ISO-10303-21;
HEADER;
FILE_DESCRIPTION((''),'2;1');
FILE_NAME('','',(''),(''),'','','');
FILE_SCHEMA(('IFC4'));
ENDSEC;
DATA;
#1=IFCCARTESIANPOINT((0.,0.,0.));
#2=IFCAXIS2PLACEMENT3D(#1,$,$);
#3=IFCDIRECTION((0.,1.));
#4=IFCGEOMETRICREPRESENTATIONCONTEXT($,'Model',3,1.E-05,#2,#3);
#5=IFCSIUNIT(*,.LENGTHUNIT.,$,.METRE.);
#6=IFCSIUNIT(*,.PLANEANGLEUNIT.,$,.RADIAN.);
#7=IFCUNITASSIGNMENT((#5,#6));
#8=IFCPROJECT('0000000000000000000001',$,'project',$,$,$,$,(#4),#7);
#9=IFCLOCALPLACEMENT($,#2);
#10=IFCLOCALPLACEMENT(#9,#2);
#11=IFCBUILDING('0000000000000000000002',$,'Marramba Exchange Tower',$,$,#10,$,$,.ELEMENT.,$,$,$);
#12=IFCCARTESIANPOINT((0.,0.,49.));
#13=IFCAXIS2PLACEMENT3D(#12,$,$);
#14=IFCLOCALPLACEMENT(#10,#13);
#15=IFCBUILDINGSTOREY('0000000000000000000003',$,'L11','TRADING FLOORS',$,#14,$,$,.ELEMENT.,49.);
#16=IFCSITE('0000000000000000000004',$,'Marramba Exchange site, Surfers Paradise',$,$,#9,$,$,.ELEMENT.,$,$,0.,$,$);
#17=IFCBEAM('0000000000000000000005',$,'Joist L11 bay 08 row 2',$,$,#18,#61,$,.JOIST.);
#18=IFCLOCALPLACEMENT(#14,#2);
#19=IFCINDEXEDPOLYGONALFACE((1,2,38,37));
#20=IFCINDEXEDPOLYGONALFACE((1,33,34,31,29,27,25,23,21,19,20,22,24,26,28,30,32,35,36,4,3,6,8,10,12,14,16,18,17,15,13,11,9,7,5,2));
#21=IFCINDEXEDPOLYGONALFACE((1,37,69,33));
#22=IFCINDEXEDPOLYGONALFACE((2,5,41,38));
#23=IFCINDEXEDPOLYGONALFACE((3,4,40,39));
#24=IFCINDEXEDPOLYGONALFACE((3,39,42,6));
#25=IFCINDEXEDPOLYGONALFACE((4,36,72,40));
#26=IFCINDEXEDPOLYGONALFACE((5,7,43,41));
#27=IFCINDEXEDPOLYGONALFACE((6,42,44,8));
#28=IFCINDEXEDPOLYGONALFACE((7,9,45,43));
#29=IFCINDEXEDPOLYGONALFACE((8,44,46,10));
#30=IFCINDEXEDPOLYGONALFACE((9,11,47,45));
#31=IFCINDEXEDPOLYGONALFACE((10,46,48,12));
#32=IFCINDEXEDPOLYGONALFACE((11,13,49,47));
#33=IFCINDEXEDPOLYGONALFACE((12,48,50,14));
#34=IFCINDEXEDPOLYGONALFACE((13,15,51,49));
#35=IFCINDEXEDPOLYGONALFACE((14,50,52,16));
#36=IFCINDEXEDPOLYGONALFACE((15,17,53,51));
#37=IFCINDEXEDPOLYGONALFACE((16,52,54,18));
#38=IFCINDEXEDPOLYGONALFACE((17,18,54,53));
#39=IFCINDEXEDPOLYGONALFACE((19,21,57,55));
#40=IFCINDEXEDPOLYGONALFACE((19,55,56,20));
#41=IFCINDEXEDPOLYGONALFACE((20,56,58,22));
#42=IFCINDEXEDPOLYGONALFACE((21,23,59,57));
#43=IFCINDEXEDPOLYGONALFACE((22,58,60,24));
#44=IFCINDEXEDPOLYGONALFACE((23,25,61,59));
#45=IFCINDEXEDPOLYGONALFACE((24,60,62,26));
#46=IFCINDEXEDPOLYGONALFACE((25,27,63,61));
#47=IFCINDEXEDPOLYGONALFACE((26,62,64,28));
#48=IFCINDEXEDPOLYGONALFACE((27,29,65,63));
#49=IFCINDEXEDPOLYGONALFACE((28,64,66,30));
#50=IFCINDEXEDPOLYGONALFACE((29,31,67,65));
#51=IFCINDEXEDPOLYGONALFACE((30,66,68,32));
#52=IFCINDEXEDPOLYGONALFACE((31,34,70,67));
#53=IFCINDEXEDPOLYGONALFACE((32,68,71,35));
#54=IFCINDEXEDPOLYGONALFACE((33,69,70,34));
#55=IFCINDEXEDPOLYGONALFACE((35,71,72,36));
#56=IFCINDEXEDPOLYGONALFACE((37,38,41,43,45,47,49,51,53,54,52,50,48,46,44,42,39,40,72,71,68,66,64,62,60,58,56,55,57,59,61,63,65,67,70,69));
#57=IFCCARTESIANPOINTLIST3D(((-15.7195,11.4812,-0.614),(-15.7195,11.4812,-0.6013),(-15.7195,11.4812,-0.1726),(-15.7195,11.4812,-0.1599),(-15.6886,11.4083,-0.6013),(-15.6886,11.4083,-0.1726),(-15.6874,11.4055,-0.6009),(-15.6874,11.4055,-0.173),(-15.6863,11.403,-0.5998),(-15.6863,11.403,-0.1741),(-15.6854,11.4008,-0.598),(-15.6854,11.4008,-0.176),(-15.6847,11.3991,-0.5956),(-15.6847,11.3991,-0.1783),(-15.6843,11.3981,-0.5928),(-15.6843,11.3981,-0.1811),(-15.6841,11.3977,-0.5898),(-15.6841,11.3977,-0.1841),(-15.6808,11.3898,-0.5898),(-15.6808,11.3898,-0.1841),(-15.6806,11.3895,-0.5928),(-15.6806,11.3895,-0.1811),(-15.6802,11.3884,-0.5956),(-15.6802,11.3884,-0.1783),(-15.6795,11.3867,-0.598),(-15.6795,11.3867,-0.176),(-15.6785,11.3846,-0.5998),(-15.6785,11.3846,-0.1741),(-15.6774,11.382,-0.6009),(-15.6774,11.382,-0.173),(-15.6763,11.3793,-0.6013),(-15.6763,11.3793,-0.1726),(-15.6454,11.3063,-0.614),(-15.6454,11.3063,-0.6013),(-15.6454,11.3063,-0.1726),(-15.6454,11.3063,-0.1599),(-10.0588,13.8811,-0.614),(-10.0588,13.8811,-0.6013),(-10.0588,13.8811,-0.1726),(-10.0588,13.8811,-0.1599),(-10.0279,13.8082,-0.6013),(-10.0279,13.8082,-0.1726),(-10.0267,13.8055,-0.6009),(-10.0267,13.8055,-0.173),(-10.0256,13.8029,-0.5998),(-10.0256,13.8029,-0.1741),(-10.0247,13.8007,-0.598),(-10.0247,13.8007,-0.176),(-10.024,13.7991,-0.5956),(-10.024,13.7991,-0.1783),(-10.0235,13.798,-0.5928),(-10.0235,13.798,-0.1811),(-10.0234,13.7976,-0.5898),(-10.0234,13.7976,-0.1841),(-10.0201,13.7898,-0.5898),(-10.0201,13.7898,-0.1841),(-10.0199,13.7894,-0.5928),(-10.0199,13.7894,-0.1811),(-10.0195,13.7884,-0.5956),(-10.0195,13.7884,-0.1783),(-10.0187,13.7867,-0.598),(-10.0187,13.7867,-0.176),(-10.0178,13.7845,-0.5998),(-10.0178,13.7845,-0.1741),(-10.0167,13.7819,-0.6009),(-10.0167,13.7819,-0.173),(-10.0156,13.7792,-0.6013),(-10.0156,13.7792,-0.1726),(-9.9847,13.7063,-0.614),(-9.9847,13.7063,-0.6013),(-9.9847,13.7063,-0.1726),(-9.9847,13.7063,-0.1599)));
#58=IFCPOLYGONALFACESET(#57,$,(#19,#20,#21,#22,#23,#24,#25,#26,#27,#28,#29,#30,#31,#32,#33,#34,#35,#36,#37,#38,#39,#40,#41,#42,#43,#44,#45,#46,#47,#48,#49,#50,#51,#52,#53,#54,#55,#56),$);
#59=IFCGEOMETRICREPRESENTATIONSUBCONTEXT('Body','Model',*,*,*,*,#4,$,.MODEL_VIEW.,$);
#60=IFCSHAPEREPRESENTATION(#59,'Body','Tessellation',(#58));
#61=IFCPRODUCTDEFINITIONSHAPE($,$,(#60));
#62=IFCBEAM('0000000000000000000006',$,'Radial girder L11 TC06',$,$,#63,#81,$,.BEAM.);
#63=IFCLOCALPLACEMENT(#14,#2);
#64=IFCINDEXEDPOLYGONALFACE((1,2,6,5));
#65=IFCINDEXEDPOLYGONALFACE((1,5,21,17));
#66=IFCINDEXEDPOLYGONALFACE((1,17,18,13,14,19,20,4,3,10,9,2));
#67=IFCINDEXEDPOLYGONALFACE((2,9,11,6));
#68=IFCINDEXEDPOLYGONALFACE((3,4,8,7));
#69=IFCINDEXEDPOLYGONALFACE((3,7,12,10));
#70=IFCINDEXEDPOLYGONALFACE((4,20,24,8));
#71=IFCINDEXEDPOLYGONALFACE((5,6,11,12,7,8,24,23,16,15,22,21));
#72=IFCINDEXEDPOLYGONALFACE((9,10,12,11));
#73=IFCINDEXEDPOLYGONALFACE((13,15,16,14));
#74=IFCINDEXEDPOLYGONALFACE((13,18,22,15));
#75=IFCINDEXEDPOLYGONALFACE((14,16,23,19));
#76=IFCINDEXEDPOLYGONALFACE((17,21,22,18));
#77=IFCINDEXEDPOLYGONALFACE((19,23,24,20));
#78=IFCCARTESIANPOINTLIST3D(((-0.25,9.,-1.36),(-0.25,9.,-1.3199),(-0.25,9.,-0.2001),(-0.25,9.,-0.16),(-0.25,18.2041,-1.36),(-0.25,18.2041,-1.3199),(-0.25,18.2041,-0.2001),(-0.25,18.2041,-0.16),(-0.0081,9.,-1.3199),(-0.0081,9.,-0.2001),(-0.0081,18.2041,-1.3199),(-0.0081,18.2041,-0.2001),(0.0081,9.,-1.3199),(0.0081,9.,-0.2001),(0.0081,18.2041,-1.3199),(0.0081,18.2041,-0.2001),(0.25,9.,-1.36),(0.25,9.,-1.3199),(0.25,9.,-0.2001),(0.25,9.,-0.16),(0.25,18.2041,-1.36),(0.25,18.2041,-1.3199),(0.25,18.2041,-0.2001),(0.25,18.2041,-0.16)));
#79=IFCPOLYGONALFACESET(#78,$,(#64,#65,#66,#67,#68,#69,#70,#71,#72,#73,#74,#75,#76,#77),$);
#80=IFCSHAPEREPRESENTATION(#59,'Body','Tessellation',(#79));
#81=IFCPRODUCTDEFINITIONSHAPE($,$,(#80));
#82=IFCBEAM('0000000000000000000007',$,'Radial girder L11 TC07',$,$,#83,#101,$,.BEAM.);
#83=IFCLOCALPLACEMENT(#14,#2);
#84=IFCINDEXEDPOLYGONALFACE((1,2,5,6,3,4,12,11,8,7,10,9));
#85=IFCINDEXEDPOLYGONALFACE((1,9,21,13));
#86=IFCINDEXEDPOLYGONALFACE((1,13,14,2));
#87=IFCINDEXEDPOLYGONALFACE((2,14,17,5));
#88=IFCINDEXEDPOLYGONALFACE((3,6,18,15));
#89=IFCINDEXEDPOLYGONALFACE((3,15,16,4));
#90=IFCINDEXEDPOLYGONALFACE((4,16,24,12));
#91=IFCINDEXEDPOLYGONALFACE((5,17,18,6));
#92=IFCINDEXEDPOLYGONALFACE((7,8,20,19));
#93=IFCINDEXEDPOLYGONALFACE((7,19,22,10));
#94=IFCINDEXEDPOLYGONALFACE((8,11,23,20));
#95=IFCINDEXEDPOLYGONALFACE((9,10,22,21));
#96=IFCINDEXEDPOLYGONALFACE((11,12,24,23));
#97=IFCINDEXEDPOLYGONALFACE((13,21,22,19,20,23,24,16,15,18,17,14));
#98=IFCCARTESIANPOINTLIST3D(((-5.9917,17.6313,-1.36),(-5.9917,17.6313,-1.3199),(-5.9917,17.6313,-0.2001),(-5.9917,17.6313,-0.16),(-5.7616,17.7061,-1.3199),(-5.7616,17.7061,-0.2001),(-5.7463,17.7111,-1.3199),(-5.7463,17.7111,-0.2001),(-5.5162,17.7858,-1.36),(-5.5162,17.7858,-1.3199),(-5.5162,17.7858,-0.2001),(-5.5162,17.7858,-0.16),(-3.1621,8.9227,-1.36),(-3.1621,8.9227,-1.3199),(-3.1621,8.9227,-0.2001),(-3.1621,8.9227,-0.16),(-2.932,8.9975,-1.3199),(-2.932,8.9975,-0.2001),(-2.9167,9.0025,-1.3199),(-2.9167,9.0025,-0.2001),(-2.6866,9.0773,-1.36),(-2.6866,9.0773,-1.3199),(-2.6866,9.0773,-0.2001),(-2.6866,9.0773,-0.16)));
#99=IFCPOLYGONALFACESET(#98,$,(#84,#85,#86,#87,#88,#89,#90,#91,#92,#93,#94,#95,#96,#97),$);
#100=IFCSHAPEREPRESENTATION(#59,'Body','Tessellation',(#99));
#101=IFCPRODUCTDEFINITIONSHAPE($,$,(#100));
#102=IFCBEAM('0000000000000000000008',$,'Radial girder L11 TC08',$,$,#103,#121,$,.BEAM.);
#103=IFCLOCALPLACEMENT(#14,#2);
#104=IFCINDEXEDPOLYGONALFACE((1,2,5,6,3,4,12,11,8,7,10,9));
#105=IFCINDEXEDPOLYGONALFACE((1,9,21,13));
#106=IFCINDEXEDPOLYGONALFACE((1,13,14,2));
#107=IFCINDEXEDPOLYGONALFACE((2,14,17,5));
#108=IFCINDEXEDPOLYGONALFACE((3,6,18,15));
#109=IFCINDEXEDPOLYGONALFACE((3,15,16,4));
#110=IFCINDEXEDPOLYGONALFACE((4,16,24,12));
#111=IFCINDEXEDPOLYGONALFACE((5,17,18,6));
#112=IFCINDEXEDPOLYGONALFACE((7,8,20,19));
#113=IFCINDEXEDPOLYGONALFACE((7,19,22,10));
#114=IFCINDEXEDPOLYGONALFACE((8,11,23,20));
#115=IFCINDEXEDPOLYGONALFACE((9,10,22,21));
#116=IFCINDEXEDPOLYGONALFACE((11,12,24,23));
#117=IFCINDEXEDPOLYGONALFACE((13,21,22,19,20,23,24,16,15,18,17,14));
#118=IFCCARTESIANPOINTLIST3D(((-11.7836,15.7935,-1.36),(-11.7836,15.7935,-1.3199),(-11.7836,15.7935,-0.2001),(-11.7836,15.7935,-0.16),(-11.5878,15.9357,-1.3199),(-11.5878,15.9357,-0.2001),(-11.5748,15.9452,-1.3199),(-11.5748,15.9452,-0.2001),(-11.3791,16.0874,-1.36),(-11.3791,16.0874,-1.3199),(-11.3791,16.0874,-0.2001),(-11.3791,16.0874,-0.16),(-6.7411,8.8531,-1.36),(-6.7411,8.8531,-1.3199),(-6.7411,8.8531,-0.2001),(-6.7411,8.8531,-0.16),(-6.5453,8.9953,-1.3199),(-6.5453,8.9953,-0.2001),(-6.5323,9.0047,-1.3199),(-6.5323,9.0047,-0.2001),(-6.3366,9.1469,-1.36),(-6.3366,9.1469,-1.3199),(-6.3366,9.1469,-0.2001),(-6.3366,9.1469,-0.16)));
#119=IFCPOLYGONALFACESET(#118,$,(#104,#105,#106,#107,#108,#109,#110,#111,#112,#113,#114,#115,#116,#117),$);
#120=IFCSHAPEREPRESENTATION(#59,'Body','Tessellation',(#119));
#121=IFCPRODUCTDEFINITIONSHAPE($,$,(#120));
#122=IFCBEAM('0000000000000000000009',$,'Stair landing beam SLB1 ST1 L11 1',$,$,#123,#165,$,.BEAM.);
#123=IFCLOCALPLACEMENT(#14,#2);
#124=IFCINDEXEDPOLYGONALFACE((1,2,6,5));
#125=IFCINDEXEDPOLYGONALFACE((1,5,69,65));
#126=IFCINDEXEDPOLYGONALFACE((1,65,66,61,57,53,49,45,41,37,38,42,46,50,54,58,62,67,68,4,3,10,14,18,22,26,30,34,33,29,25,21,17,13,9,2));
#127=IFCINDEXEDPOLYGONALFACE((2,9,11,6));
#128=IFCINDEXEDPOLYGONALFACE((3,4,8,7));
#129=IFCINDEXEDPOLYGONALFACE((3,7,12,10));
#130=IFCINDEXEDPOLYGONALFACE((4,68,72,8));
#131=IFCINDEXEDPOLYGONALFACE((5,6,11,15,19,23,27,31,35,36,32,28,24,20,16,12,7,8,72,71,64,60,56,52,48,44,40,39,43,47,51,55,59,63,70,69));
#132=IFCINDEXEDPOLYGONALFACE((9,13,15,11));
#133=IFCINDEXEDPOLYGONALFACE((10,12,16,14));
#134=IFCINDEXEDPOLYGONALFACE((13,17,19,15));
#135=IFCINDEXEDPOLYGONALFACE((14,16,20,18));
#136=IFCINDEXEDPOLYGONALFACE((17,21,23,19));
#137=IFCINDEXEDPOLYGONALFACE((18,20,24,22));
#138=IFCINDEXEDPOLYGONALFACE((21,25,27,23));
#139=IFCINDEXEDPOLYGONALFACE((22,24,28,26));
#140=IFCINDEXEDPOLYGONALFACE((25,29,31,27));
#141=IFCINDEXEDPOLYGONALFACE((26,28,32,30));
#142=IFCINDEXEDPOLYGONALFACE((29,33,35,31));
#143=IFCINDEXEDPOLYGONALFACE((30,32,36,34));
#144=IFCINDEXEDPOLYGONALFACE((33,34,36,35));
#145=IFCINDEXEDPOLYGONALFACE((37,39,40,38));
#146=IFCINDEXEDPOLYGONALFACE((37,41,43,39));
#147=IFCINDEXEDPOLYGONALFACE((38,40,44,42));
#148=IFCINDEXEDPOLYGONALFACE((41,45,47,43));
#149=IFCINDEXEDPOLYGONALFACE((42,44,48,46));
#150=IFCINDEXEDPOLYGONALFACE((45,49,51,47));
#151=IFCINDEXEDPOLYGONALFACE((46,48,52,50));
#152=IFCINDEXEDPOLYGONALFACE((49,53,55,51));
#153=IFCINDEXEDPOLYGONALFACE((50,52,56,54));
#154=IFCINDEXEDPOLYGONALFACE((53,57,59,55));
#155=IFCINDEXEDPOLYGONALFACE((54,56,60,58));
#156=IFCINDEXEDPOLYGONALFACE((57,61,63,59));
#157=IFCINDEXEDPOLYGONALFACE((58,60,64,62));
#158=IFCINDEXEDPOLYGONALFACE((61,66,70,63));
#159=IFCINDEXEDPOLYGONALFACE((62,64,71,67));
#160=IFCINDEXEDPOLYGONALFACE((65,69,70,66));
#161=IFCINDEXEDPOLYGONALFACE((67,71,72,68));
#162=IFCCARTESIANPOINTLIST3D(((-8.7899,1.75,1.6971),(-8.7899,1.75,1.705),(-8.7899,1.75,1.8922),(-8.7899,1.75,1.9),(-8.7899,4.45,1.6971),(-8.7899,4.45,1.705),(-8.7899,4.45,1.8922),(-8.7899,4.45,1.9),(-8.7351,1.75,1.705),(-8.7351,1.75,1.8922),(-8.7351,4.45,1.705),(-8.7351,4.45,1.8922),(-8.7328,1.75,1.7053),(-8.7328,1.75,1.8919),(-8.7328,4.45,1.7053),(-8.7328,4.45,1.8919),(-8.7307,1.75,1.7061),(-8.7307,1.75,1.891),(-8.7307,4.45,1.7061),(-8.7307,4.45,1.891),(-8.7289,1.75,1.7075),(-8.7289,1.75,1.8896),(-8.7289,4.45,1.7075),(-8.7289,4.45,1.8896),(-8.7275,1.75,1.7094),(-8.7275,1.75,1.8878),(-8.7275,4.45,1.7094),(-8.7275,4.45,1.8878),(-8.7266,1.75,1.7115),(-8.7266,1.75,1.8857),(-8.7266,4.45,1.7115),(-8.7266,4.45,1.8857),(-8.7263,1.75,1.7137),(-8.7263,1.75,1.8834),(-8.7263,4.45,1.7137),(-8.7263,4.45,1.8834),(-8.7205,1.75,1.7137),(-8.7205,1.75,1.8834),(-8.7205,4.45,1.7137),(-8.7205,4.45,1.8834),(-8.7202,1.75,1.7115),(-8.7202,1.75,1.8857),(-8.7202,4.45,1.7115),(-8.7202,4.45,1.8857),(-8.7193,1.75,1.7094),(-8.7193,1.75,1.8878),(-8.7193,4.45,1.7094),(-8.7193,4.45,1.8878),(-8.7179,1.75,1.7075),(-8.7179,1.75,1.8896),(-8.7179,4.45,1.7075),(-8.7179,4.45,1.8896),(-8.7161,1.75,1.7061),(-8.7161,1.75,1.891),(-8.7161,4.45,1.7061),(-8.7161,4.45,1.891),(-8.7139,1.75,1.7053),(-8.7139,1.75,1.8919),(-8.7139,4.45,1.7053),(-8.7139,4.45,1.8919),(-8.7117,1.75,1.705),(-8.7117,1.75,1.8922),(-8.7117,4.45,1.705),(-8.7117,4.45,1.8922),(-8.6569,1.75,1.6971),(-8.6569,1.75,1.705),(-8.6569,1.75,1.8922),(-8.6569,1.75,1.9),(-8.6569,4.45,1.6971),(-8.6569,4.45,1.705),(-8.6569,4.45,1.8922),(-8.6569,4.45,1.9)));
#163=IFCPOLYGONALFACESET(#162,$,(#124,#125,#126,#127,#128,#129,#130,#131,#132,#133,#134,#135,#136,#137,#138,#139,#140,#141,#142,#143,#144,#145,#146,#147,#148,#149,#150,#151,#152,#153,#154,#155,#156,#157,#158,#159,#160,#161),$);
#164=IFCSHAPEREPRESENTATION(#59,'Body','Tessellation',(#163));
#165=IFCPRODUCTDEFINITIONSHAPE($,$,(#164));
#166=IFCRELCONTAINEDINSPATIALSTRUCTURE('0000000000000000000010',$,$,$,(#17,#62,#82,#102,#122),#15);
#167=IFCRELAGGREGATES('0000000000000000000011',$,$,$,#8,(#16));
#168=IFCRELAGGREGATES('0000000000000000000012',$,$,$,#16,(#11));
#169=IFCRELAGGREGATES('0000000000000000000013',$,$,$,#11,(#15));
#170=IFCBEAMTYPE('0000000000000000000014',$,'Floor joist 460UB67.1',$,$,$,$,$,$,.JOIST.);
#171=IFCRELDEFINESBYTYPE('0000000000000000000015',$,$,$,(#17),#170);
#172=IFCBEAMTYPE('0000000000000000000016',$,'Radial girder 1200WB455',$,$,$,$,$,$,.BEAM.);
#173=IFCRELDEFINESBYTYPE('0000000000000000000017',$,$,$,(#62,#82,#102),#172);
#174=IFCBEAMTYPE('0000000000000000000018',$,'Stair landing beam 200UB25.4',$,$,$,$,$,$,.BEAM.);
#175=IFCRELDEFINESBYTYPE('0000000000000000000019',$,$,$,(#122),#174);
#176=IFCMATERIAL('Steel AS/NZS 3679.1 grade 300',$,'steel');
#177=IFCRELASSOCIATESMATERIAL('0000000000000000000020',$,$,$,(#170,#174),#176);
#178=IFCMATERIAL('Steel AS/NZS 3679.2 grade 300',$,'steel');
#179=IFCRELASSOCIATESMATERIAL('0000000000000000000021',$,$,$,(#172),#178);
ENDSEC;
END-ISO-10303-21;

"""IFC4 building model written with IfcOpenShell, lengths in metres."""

from ifc_helpers import new_model, si_unit, direction, frame, origin, origin_2d, place, context, subcontext, project, spatial, i_section, extrude, material, material_profile, profile_set, type_object, element, save


model = new_model("IFC4")

# Units and contexts
model_context = context("Model", 3, precision=1e-05, world=origin(), true_north=direction((0.0, 1.0)))
body_context = subcontext(model_context, "Body", "Model", "MODEL_VIEW")
ifc_project = project(units=[si_unit("LENGTHUNIT", "METRE"), si_unit("PLANEANGLEUNIT", "RADIAN")], contexts=[model_context])

# Site, building, storey
site_placement = place(None, origin())
site = spatial("IfcSite", under=ifc_project, at=site_placement, Name="Marramba Exchange site, Surfers Paradise", CompositionType="ELEMENT", RefElevation=0.0)
building_placement = place(site_placement, origin())
building = spatial("IfcBuilding", under=site, at=building_placement, Name="Marramba Exchange Tower", CompositionType="ELEMENT")
storey_placement = place(building_placement, frame((0.0, 0.0, 49.0)))
storey = spatial("IfcBuildingStorey", under=building, at=storey_placement, Name="L11", Description="TRADING FLOORS", CompositionType="ELEMENT", Elevation=49.0)

# Beams
ifc_material_1 = material(Name="Steel AS/NZS 3679.1 grade 300", Category="steel")
ifc_material_profile_1 = material_profile(ifc_material_1, i_section(OverallWidth=0.1899, OverallDepth=0.4541, WebThickness=0.0085, FlangeThickness=0.0127, FilletRadius=0.0115, at=origin_2d()), Name="460UB67.1")
ifc_profile_set_1 = profile_set([ifc_material_profile_1], Name="Steel AS/NZS 3679.1 grade 300")
beam_type_1 = type_object("IfcBeamType", Name="Floor joist 460UB67.1", PredefinedType="JOIST", material=ifc_profile_set_1)
beam_1_placement = place(storey_placement, frame((-10.0217, 13.7937, -0.387), z_axis=(-0.920674, -0.390332, 0.0), x_axis=(0.390332, -0.920674, 0.0)))
element("IfcBeam", 1, at=beam_1_placement, inside=storey, type_object=beam_type_1, Name="Joist L11 bay 08 row 2", PredefinedType="JOIST", context=body_context, shape_type="SweptSolid", body=[
    extrude(i_section(OverallWidth=0.1899, OverallDepth=0.4541, WebThickness=0.0085, FlangeThickness=0.0127, FilletRadius=0.0115, at=origin_2d()), origin(), (0.0, 0.0, 1.0), 6.1484),
])
ifc_material_2 = material(Name="Steel AS/NZS 3679.2 grade 300", Category="steel")
ifc_material_profile_2 = material_profile(ifc_material_2, i_section(OverallWidth=0.5, OverallDepth=1.2, WebThickness=0.0161, FlangeThickness=0.04, at=origin_2d()), Name="1200WB455")
ifc_profile_set_2 = profile_set([ifc_material_profile_2], Name="Steel AS/NZS 3679.2 grade 300")
beam_type_2 = type_object("IfcBeamType", Name="Radial girder 1200WB455", PredefinedType="BEAM", material=ifc_profile_set_2)
beam_2_placement = place(storey_placement, frame((0.0, 9.0, -0.76), z_axis=(0.0, 1.0, 0.0), x_axis=(-1.0, 0.0, 0.0)))
element("IfcBeam", 2, at=beam_2_placement, inside=storey, type_object=beam_type_2, Name="Radial girder L11 TC06", PredefinedType="BEAM", context=body_context, shape_type="SweptSolid", body=[
    extrude(i_section(OverallWidth=0.5, OverallDepth=1.2, WebThickness=0.0161, FlangeThickness=0.04, at=origin_2d()), origin(), (0.0, 0.0, 1.0), 9.2041),
])
beam_3_placement = place(storey_placement, frame((-2.9243, 9.0, -0.76), z_axis=(-0.30902, 0.951056, 0.0), x_axis=(-0.951056, -0.30902, 0.0)))
element("IfcBeam", 3, at=beam_3_placement, inside=storey, type_object=beam_type_2, Name="Radial girder L11 TC07", PredefinedType="BEAM", context=body_context, shape_type="SweptSolid", body=[
    extrude(i_section(OverallWidth=0.5, OverallDepth=1.2, WebThickness=0.0161, FlangeThickness=0.04, at=origin_2d()), origin(), (0.0, 0.0, 1.0), 9.1567),
])
beam_4_placement = place(storey_placement, frame((-6.5388, 9.0, -0.76), z_axis=(-0.587782, 0.809019, 0.0), x_axis=(-0.809019, -0.587782, 0.0)))
element("IfcBeam", 4, at=beam_4_placement, inside=storey, type_object=beam_type_2, Name="Radial girder L11 TC08", PredefinedType="BEAM", context=body_context, shape_type="SweptSolid", body=[
    extrude(i_section(OverallWidth=0.5, OverallDepth=1.2, WebThickness=0.0161, FlangeThickness=0.04, at=origin_2d()), origin(), (0.0, 0.0, 1.0), 8.5789),
])
ifc_material_profile_3 = material_profile(ifc_material_1, i_section(OverallWidth=0.1331, OverallDepth=0.2029, WebThickness=0.0059, FlangeThickness=0.0078, FilletRadius=0.0088, at=origin_2d()), Name="200UB25.4")
ifc_profile_set_3 = profile_set([ifc_material_profile_3], Name="Steel AS/NZS 3679.1 grade 300")
beam_type_3 = type_object("IfcBeamType", Name="Stair landing beam 200UB25.4", PredefinedType="BEAM", material=ifc_profile_set_3)
for number, where, z_axis, x_axis, name in (
    (5, (-8.7234, 1.75, 1.7986), (0.0, 1.0, 0.0), (-1.0, 0.0, 0.0), "Stair landing beam SLB1 ST1 L11 1"),
):
    element("IfcBeam", number, at=place(storey_placement, frame(where, z_axis=z_axis, x_axis=x_axis)), inside=storey, type_object=beam_type_3, Name=name, PredefinedType="BEAM", context=body_context, shape_type="SweptSolid", body=[
        extrude(i_section(OverallWidth=0.1331, OverallDepth=0.2029, WebThickness=0.0059, FlangeThickness=0.0078, FilletRadius=0.0088, at=origin_2d()), origin(), (0.0, 0.0, 1.0), 2.7),
    ])

save(model, "model.ifc")
